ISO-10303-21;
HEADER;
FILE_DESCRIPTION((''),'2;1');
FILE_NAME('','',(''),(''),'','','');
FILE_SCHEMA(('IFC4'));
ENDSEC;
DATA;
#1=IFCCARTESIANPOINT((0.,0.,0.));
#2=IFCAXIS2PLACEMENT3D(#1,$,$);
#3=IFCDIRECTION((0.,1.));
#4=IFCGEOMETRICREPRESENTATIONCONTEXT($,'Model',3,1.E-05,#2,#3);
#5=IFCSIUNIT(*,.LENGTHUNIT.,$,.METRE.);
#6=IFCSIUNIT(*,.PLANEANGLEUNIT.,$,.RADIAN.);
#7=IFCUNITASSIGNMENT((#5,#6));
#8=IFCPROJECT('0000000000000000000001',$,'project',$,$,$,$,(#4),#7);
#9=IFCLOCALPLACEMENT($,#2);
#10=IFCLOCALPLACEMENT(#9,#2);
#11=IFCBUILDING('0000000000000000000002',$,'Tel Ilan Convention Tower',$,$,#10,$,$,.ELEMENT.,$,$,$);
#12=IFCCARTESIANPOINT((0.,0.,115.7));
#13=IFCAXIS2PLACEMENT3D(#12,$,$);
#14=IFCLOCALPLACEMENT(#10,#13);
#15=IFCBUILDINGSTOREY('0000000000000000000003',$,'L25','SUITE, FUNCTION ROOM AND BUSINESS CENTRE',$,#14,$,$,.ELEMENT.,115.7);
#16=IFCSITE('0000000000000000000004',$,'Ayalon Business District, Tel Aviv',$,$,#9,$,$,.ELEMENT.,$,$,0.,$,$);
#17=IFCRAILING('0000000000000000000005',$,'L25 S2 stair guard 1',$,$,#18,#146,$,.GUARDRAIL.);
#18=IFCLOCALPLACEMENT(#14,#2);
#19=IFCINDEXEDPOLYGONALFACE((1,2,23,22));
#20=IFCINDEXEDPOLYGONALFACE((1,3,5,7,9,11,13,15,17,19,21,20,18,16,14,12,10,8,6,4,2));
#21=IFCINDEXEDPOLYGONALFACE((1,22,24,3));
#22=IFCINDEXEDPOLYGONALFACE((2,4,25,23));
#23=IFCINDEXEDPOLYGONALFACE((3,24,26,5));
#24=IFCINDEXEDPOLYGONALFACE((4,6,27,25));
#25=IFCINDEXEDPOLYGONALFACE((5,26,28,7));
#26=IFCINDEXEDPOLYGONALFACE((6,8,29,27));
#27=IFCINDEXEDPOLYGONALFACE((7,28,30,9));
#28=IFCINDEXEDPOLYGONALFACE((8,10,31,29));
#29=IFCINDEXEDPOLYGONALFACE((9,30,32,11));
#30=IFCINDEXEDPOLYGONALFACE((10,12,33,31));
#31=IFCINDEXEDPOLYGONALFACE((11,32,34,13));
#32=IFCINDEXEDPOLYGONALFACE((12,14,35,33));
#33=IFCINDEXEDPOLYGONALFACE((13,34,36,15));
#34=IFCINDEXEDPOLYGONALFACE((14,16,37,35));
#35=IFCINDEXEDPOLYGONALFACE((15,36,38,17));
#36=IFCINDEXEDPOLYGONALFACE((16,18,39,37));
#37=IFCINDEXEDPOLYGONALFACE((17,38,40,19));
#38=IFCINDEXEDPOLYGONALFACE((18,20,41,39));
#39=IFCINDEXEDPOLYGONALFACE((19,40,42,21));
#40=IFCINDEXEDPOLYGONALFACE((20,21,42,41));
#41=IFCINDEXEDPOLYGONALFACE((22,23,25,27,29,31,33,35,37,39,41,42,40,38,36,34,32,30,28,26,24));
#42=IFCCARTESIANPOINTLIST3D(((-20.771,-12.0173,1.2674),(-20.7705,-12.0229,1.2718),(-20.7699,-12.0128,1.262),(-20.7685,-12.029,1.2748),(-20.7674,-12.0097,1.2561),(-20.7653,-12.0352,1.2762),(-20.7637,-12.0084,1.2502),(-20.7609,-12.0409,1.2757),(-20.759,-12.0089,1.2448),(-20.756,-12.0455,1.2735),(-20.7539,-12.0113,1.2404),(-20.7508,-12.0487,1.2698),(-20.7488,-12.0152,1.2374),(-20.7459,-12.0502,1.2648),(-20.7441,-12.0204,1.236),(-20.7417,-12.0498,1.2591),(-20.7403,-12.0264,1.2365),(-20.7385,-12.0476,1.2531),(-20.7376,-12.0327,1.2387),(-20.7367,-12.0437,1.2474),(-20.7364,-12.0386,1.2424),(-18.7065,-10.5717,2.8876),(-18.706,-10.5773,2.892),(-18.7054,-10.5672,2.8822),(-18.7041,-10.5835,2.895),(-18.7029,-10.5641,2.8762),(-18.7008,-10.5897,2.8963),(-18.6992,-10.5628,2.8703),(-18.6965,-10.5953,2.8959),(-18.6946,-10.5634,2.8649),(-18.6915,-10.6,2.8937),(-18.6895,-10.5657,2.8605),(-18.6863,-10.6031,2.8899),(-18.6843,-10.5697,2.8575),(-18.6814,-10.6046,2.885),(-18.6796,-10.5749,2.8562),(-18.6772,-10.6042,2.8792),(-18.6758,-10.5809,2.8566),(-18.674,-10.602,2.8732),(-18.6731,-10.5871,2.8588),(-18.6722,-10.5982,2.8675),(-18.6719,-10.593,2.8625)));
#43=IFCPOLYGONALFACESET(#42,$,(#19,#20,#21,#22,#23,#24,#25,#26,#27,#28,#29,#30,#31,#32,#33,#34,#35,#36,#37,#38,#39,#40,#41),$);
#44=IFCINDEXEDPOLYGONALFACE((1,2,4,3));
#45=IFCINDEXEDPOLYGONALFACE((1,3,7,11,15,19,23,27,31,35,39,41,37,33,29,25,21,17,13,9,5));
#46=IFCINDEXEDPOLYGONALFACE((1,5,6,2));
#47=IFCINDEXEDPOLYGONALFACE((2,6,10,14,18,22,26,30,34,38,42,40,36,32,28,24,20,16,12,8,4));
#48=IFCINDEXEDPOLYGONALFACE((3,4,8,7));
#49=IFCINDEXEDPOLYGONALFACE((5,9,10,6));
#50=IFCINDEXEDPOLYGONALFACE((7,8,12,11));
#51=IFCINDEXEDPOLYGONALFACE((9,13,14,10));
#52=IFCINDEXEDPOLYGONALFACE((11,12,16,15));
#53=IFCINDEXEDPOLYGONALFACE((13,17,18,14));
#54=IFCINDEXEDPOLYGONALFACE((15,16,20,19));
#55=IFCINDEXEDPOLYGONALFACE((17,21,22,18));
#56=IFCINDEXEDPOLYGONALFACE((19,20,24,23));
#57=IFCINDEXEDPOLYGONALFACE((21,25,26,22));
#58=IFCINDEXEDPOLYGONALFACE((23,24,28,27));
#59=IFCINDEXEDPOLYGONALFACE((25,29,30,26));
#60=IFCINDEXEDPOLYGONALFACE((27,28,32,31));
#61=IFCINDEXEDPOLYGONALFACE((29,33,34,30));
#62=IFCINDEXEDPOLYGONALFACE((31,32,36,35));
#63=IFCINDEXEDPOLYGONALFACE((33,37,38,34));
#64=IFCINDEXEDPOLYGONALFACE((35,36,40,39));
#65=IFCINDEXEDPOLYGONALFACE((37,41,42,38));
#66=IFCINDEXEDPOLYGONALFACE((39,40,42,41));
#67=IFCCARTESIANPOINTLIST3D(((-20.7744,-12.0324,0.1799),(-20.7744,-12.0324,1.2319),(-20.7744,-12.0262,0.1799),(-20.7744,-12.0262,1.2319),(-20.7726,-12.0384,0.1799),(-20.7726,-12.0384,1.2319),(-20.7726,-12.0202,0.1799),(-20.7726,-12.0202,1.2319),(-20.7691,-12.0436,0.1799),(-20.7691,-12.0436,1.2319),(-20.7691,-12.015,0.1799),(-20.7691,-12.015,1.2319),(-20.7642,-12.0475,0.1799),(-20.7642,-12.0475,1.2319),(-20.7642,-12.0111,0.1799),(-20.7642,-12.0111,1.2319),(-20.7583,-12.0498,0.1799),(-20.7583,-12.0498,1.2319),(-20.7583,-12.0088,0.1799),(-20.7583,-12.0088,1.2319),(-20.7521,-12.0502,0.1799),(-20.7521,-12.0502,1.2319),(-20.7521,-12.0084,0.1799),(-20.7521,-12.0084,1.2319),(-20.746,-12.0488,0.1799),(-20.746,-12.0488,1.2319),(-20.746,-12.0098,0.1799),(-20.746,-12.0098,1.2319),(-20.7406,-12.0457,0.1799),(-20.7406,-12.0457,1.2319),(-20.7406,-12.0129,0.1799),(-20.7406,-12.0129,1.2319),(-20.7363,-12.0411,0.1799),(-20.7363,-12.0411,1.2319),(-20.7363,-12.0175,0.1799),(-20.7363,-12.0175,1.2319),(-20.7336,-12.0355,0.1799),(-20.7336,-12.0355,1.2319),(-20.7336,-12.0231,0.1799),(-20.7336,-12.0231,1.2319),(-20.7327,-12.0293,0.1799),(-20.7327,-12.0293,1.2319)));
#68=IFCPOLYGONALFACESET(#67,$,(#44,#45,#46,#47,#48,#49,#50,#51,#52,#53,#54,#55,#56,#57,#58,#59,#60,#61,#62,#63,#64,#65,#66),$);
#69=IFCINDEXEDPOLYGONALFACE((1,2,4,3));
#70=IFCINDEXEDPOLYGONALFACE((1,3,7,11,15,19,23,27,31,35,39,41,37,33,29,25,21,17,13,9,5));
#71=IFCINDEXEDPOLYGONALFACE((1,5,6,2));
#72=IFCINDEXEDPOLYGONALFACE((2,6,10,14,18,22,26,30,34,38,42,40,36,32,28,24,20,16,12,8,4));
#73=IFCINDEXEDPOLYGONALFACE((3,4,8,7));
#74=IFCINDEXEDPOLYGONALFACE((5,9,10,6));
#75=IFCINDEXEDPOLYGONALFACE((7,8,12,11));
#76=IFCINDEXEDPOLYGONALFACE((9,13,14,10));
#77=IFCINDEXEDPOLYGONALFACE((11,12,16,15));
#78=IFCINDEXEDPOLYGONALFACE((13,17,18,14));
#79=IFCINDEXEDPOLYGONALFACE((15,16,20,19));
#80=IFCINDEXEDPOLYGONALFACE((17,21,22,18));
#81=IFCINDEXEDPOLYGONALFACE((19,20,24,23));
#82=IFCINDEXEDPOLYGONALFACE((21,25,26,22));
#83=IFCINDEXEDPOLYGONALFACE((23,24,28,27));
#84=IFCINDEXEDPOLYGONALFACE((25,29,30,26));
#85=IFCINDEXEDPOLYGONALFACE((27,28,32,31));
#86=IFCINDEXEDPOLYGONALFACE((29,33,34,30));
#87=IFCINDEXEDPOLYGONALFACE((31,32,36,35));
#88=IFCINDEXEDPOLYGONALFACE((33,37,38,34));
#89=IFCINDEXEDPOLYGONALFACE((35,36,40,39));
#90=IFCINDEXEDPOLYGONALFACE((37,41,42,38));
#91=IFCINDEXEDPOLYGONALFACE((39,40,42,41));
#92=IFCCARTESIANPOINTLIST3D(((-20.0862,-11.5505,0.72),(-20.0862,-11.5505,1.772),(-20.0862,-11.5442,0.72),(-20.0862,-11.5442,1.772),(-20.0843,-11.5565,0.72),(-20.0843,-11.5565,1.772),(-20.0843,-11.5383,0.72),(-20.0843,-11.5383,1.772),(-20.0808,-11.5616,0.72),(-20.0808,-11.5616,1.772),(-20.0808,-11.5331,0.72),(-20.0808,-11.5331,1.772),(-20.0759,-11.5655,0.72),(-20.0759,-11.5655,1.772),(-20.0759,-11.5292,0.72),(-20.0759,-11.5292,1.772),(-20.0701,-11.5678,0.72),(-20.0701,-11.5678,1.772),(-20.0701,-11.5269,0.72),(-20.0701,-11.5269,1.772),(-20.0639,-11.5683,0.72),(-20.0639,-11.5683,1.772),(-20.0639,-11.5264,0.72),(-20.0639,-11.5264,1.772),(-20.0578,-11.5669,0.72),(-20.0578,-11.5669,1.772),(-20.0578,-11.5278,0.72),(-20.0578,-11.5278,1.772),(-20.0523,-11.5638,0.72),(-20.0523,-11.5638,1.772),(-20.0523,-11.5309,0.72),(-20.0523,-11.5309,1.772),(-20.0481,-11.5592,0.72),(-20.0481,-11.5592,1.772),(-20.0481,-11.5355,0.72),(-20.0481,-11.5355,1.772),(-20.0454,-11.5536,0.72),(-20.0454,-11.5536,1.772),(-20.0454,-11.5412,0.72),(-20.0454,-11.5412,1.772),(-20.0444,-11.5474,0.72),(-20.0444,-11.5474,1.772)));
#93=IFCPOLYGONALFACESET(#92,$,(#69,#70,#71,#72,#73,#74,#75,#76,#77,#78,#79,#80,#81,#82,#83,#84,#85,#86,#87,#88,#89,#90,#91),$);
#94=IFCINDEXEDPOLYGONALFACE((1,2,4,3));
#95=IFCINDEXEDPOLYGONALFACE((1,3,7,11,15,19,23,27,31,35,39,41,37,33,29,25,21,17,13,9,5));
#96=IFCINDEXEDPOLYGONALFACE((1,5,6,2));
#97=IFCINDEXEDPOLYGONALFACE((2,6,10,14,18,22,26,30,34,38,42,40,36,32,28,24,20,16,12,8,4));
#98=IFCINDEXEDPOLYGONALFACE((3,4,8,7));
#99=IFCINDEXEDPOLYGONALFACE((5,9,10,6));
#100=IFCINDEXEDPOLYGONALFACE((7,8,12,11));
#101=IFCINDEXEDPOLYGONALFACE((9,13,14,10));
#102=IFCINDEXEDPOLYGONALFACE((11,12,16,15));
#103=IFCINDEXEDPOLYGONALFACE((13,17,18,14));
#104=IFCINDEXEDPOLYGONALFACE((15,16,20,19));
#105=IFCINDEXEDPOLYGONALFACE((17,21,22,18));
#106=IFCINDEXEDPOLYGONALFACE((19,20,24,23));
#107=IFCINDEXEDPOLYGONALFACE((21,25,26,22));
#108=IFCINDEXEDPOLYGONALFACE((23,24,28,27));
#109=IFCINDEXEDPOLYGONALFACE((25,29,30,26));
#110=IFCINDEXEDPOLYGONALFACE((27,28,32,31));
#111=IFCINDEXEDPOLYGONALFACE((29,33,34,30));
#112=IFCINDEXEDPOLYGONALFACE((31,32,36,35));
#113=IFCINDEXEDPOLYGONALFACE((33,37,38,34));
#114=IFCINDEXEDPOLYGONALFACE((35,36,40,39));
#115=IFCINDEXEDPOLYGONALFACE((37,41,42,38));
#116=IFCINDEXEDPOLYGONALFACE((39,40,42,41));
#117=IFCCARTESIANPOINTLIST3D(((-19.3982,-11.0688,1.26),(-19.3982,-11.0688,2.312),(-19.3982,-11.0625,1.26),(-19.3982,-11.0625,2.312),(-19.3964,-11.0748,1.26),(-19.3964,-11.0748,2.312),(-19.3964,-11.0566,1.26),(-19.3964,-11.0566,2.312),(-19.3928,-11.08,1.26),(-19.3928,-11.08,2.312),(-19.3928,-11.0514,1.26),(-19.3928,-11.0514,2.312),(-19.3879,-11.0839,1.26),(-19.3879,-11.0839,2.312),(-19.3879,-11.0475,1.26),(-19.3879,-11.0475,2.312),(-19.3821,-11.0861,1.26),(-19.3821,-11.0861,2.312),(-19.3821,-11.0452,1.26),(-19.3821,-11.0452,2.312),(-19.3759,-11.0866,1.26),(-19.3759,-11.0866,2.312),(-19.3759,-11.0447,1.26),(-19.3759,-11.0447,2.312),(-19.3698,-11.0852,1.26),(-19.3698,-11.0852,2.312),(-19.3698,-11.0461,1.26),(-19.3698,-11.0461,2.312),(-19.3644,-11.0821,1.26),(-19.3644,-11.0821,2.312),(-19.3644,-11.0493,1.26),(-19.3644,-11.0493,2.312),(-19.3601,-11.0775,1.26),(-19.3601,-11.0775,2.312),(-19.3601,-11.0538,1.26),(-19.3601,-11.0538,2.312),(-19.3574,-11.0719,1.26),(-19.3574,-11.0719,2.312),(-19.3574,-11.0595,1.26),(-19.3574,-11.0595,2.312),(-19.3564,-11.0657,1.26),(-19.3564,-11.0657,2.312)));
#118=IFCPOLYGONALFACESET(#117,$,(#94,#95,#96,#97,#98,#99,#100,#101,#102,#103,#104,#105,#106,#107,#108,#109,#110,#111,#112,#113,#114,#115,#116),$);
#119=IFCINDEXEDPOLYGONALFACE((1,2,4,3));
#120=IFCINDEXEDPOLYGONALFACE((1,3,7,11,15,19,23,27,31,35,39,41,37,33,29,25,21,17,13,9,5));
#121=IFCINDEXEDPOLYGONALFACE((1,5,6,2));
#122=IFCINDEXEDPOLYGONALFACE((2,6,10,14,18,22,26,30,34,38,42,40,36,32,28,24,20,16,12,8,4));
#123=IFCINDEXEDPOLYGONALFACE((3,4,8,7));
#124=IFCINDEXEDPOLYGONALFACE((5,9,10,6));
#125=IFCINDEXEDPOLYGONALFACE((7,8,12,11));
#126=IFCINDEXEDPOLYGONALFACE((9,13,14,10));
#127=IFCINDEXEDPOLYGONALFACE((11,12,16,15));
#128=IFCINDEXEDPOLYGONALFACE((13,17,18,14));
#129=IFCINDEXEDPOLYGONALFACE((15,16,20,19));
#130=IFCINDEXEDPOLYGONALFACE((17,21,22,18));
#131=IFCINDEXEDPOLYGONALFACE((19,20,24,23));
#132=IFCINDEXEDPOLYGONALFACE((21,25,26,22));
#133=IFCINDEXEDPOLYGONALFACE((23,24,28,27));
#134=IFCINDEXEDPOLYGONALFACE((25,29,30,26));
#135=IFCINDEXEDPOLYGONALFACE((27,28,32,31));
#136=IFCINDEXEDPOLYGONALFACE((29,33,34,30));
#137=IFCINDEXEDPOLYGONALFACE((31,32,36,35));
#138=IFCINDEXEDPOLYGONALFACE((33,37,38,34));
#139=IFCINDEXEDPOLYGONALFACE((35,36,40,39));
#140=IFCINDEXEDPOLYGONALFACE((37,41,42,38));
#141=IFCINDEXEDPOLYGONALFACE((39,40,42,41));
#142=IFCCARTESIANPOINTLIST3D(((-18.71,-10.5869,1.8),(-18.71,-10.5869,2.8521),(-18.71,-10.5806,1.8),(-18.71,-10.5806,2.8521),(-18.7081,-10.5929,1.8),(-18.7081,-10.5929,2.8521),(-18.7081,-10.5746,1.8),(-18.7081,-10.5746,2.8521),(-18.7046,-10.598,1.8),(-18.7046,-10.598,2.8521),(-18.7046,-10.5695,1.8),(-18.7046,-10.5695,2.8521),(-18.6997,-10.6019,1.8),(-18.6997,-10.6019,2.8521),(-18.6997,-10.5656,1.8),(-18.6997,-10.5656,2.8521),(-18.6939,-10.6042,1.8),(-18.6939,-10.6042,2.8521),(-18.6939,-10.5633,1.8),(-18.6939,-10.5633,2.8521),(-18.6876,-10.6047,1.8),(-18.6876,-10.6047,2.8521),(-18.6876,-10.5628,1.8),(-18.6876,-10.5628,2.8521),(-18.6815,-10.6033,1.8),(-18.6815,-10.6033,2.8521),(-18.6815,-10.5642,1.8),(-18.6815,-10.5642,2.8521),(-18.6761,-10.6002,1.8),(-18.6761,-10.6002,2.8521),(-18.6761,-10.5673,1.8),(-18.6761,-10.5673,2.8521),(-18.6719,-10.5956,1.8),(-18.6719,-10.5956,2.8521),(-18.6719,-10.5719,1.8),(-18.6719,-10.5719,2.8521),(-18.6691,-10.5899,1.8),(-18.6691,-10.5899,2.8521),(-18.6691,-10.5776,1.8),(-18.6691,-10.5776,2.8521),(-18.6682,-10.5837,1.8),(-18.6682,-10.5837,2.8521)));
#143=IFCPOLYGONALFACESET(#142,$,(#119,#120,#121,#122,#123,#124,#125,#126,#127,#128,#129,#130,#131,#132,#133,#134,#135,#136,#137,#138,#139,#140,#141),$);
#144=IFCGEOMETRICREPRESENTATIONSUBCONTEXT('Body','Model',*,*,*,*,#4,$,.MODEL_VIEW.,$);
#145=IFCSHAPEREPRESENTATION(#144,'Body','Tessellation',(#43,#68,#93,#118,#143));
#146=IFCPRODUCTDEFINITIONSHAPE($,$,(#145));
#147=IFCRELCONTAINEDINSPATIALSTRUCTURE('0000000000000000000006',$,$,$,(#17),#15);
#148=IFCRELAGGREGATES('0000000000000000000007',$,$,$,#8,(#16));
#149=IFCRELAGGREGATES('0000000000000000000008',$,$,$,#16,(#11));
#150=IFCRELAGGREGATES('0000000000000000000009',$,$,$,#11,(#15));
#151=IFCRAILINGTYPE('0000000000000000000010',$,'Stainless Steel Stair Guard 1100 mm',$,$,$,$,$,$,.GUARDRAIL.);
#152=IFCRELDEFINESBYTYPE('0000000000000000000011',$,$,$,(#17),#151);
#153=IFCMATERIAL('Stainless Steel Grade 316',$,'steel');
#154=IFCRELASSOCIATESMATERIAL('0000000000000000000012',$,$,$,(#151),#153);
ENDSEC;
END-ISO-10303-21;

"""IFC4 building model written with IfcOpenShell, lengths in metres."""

from ifc_helpers import new_model, si_unit, direction, frame, origin, origin_2d, place, context, subcontext, project, spatial, circle, extrude, material, type_object, element, save


model = new_model("IFC4")

# Units and contexts
model_context = context("Model", 3, precision=1e-05, world=origin(), true_north=direction((0.0, 1.0)))
body_context = subcontext(model_context, "Body", "Model", "MODEL_VIEW")
ifc_project = project(units=[si_unit("LENGTHUNIT", "METRE"), si_unit("PLANEANGLEUNIT", "RADIAN")], contexts=[model_context])

# Site, building, storey
site_placement = place(None, origin())
site = spatial("IfcSite", under=ifc_project, at=site_placement, Name="Ayalon Business District, Tel Aviv", CompositionType="ELEMENT", RefElevation=0.0)
building_placement = place(site_placement, origin())
building = spatial("IfcBuilding", under=site, at=building_placement, Name="Tel Ilan Convention Tower", CompositionType="ELEMENT")
storey_placement = place(building_placement, frame((0.0, 0.0, 115.7)))
storey = spatial("IfcBuildingStorey", under=building, at=storey_placement, Name="L25", Description="SUITE, FUNCTION ROOM AND BUSINESS CENTRE", CompositionType="ELEMENT", Elevation=115.7)

# Railing
ifc_material_1 = material(Name="Stainless Steel Grade 316", Category="steel")
railing_type_1 = type_object("IfcRailingType", Name="Stainless Steel Stair Guard 1100 mm", PredefinedType="GUARDRAIL", material=ifc_material_1)
railing_1_placement = place(storey_placement, frame((-20.7537, -12.0293, 0.1799)))
element("IfcRailing", 1, at=railing_1_placement, inside=storey, type_object=railing_type_1, Name="L25 S2 stair guard 1", PredefinedType="GUARDRAIL", context=body_context, shape_type="SweptSolid", body=[
    extrude(circle(Radius=0.0239, at=origin_2d()), frame((0.0, 0.0, 1.0762), z_axis=(0.689056, 0.482486, 0.540749), x_axis=(-0.573579, 0.81915, 0.0)), (0.0, 0.0, 1.0), 2.9961),
    extrude(circle(Radius=0.021, at=origin_2d()), origin(), (0.0, 0.0, 1.0), 1.052),
    extrude(circle(Radius=0.021, at=origin_2d()), frame((0.6882, 0.4819, 0.54)), (0.0, 0.0, 1.0), 1.052),
    extrude(circle(Radius=0.021, at=origin_2d()), frame((1.3762, 0.9636, 1.0801)), (0.0, 0.0, 1.0), 1.052),
    extrude(circle(Radius=0.021, at=origin_2d()), frame((2.0645, 1.4456, 1.6201)), (0.0, 0.0, 1.0), 1.052),
])

save(model, "model.ifc")
